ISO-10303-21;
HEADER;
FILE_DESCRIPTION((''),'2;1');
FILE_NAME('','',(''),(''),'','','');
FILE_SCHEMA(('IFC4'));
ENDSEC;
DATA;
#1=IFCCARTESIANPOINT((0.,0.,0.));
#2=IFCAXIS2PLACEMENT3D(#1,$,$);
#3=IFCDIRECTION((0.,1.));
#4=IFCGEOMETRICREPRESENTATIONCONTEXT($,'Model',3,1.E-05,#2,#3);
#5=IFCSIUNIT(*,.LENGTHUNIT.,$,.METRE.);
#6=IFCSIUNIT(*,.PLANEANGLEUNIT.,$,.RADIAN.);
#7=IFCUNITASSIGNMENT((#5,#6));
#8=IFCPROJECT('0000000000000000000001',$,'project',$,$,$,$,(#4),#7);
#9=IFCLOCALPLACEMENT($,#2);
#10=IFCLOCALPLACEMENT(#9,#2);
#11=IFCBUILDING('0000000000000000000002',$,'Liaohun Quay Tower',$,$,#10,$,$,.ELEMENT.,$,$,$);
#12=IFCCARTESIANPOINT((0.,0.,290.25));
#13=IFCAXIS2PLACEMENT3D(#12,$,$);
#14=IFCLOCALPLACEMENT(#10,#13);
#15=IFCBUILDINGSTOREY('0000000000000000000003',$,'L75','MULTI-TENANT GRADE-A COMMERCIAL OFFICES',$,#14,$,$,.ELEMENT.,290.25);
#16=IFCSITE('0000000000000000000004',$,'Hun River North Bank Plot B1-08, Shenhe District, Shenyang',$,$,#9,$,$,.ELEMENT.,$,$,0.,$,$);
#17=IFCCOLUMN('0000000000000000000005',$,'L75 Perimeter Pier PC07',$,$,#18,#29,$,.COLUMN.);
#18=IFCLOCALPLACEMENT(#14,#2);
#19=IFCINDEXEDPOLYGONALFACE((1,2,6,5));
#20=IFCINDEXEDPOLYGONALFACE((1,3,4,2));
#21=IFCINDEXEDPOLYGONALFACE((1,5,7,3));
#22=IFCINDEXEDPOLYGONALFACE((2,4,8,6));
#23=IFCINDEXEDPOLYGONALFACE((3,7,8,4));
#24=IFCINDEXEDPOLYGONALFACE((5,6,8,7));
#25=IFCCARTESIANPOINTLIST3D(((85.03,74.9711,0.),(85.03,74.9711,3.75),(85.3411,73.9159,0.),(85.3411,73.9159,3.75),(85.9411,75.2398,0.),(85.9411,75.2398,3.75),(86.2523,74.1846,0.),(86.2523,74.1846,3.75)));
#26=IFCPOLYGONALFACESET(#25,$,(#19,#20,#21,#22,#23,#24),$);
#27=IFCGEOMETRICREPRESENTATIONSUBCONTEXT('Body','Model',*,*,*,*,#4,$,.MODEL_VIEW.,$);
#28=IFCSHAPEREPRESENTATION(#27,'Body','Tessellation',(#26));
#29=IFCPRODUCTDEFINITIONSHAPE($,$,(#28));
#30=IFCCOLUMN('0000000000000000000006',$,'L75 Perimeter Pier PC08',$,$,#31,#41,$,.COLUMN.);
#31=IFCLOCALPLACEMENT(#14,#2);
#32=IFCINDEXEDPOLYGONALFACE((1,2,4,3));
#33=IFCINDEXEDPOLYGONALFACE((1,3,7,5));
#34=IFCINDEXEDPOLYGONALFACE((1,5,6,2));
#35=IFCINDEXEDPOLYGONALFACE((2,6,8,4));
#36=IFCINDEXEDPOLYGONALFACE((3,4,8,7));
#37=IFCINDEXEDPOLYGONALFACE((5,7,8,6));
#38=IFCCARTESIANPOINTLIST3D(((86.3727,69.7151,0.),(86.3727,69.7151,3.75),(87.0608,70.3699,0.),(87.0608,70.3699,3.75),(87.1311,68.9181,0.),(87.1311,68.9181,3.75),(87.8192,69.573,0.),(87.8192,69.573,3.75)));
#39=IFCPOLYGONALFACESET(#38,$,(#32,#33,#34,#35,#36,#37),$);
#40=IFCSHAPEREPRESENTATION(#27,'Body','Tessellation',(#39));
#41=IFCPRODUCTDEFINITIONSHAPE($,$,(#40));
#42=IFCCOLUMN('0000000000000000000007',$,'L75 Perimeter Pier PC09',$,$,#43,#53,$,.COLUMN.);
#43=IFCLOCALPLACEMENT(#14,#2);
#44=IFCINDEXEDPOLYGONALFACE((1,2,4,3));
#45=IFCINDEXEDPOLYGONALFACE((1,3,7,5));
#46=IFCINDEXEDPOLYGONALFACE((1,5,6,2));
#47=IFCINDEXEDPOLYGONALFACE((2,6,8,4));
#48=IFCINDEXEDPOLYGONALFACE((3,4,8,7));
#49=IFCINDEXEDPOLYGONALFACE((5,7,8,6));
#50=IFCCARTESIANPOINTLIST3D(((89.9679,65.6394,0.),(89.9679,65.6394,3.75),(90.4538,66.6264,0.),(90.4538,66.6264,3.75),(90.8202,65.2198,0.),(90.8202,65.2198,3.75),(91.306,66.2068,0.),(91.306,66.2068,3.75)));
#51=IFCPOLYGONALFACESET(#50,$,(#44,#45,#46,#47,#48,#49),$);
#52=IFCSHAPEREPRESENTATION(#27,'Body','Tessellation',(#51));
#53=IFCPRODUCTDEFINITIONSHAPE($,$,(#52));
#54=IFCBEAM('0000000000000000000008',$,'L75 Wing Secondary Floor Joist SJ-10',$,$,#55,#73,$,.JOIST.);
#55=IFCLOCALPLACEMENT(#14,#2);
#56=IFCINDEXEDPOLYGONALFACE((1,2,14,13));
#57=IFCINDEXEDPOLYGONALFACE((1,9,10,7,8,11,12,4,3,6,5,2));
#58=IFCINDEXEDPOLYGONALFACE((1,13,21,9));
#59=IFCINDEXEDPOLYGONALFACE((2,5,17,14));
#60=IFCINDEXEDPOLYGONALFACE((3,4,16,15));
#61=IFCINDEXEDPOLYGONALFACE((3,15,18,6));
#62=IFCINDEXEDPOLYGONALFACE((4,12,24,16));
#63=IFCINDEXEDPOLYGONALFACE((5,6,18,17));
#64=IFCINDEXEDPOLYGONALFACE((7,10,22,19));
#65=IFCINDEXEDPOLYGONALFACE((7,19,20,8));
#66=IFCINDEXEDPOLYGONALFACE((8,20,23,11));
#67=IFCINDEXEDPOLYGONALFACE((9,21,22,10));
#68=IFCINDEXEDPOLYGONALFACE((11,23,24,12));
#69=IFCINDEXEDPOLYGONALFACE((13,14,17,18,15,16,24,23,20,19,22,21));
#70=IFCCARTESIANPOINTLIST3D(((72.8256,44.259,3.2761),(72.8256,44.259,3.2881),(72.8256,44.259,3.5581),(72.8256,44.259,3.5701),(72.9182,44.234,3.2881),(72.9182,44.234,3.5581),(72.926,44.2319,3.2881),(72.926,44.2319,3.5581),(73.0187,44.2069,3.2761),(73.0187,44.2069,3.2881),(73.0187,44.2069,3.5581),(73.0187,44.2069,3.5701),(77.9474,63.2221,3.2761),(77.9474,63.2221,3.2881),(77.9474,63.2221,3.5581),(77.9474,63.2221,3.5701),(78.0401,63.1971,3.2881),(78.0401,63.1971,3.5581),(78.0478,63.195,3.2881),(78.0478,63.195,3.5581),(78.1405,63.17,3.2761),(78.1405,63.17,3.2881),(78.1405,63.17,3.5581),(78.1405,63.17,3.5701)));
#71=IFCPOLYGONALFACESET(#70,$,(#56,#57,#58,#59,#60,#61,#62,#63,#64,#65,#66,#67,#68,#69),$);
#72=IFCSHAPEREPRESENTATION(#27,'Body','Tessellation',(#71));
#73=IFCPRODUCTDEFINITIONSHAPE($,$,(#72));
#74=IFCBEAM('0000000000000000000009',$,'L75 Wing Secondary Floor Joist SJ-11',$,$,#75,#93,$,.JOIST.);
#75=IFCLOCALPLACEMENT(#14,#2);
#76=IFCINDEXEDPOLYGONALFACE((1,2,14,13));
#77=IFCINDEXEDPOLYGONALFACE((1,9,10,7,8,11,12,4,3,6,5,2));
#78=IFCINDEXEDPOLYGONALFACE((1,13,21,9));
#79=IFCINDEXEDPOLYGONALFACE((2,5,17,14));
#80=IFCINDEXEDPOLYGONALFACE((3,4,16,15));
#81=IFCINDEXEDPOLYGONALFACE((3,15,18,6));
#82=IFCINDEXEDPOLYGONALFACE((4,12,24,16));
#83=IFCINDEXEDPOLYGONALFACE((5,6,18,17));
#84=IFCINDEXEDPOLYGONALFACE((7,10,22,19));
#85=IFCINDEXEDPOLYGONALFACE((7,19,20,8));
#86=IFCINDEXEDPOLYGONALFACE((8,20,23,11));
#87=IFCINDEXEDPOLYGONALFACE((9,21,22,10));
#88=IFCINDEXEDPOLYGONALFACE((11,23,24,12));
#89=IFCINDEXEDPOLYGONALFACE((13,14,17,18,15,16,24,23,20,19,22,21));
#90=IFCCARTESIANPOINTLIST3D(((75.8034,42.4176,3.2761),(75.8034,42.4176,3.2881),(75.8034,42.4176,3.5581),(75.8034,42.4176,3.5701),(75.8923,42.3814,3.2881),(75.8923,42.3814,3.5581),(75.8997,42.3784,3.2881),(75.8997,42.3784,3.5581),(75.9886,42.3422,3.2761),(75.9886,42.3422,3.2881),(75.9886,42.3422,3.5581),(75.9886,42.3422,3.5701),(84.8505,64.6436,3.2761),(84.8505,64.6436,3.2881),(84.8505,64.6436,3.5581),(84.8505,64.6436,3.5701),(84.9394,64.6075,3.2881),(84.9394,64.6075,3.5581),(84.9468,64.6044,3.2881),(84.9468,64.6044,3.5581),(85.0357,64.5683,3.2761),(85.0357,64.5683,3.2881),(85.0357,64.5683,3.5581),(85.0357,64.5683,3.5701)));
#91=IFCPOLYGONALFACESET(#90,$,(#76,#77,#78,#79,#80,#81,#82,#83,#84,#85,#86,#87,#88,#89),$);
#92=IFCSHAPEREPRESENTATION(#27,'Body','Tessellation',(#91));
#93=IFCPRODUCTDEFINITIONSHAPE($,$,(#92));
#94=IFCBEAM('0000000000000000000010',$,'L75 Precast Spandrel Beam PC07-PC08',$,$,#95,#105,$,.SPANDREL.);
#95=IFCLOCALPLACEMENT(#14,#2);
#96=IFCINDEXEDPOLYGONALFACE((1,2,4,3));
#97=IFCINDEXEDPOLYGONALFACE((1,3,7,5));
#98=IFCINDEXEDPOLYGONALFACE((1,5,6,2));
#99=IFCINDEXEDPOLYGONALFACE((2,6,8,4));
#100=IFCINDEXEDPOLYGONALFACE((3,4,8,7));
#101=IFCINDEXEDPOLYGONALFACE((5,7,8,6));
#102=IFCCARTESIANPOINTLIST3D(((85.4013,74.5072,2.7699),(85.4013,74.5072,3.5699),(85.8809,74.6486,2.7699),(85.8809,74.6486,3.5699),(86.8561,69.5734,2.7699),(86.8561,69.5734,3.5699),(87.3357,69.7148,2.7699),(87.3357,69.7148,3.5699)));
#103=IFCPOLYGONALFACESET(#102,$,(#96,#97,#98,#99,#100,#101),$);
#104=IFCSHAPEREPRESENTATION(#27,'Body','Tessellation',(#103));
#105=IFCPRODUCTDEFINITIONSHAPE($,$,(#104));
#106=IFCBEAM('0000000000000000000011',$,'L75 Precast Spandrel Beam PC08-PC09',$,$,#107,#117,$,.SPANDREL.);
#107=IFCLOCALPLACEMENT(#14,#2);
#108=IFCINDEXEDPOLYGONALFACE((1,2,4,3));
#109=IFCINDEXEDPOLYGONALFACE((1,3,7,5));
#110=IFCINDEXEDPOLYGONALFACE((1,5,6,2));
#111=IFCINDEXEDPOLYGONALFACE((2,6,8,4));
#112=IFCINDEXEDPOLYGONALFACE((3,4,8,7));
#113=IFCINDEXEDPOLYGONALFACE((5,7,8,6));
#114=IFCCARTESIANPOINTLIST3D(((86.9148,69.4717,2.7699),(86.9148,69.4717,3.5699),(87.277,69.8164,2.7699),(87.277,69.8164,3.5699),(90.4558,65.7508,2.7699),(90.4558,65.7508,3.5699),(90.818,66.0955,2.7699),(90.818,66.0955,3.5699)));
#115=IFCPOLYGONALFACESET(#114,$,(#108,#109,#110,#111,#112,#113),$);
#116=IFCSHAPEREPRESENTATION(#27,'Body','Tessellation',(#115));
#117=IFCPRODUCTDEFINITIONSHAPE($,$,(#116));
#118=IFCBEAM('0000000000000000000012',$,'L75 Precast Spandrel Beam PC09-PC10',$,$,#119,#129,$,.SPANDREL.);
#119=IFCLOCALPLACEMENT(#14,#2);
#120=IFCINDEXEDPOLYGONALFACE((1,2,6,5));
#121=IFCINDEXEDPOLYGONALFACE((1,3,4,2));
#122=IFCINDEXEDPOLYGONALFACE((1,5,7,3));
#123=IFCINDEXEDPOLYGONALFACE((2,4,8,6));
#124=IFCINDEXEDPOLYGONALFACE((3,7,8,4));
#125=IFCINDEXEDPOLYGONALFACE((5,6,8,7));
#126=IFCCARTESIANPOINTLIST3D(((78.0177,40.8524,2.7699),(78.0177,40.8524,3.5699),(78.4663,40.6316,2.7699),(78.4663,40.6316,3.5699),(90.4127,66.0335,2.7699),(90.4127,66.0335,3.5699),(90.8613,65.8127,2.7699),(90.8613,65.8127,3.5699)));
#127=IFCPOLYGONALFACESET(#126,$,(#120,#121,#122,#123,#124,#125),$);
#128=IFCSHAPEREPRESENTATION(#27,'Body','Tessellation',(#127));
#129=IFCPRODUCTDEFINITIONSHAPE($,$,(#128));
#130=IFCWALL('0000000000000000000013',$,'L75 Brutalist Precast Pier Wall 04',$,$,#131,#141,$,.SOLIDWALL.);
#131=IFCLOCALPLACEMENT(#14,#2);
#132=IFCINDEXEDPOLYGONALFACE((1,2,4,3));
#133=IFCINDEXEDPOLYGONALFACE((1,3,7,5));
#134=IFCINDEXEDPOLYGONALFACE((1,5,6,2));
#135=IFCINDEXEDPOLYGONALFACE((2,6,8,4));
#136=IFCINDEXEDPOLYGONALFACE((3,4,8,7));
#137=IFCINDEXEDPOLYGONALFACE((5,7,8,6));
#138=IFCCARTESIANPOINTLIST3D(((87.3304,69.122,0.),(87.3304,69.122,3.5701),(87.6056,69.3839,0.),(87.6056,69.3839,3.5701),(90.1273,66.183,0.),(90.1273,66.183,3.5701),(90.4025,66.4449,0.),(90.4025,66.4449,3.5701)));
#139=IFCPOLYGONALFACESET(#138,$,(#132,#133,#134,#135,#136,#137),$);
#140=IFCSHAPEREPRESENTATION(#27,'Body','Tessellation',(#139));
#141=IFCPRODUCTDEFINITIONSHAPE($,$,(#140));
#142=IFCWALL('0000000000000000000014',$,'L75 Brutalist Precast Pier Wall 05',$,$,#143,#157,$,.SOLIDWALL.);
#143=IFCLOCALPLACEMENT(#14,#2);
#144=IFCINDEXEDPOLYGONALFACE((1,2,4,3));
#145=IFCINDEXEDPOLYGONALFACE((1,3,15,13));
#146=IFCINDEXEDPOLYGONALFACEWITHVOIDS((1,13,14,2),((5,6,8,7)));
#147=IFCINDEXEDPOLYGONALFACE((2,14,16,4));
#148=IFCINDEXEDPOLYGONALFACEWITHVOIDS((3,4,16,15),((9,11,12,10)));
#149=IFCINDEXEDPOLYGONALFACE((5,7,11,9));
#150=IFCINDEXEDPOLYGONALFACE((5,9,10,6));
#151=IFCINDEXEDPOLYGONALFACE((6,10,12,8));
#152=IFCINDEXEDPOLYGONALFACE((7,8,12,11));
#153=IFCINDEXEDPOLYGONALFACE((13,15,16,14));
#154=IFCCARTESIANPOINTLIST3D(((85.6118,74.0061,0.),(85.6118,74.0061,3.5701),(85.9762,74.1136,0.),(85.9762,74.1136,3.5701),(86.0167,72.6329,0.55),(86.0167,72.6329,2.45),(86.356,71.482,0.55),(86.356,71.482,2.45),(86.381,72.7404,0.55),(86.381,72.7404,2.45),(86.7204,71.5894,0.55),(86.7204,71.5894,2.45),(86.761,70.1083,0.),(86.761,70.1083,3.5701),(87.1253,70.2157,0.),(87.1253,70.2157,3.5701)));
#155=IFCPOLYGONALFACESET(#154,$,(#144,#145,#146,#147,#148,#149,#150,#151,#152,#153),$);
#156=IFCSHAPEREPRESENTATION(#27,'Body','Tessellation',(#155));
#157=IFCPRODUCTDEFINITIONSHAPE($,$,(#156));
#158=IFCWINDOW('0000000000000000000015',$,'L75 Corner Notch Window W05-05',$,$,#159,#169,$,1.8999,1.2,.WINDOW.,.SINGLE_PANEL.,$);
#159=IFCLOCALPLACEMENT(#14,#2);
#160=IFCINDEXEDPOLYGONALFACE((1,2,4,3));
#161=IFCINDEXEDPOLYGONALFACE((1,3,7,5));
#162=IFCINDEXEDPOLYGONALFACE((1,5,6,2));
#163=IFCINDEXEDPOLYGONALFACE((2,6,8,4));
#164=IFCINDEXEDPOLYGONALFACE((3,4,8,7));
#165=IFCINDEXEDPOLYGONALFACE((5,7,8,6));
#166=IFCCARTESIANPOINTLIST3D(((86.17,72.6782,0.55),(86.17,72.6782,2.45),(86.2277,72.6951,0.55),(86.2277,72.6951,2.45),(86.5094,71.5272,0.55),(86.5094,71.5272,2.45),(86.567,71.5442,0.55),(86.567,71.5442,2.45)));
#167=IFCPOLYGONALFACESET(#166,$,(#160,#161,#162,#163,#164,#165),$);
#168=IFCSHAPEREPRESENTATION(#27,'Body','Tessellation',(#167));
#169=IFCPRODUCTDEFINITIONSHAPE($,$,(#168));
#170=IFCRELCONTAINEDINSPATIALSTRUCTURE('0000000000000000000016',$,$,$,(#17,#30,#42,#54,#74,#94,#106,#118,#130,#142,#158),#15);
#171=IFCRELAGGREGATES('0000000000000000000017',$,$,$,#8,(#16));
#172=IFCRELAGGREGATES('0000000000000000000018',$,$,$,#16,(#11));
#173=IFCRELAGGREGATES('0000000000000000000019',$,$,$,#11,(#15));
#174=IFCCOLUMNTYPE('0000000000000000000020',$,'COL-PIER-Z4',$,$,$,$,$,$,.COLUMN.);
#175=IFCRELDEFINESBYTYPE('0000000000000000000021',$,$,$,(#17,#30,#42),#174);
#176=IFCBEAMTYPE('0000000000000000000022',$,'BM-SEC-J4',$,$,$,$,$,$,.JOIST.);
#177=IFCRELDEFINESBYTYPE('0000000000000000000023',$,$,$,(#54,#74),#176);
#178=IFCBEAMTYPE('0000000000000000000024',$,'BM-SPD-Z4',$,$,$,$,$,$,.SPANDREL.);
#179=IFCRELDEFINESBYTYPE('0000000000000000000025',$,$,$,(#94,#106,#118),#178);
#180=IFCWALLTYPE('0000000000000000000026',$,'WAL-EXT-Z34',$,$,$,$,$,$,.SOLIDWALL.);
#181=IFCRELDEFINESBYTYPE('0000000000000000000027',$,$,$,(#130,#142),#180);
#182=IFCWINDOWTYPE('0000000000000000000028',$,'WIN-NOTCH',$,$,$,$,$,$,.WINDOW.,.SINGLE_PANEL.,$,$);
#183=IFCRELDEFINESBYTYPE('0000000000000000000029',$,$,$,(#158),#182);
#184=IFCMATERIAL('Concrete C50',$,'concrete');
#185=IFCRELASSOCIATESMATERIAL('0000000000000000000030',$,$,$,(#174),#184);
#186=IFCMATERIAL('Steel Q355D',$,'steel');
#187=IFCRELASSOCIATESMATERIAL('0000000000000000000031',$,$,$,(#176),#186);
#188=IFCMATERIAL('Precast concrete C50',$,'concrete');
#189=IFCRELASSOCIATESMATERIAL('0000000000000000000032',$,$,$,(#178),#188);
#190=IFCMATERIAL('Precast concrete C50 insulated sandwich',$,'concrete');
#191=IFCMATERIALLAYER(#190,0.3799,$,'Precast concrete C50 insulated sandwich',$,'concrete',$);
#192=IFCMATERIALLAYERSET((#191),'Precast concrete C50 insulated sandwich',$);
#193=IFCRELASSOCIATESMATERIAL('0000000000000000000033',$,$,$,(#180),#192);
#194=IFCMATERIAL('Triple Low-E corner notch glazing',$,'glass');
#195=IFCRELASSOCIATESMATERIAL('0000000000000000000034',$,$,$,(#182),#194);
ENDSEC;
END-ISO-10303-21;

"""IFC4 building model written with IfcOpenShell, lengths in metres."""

from ifc_helpers import new_model, si_unit, direction, frame, frame_2d, origin, origin_2d, place, context, subcontext, project, spatial, rectangle, i_section, extrude, source, transform, mapped, material, layer, layer_set, material_profile, profile_set, type_object, element, fill, save


model = new_model("IFC4")

# Units and contexts
model_context = context("Model", 3, precision=1e-05, world=origin(), true_north=direction((0.0, 1.0)))
body_context = subcontext(model_context, "Body", "Model", "MODEL_VIEW")
ifc_project = project(units=[si_unit("LENGTHUNIT", "METRE"), si_unit("PLANEANGLEUNIT", "RADIAN")], contexts=[model_context])

# Site, building, storey
site_placement = place(None, origin())
site = spatial("IfcSite", under=ifc_project, at=site_placement, Name="Hun River North Bank Plot B1-08, Shenhe District, Shenyang", CompositionType="ELEMENT", RefElevation=0.0)
building_placement = place(site_placement, origin())
building = spatial("IfcBuilding", under=site, at=building_placement, Name="Liaohun Quay Tower", CompositionType="ELEMENT")
storey_placement = place(building_placement, frame((0.0, 0.0, 290.25)))
storey = spatial("IfcBuildingStorey", under=building, at=storey_placement, Name="L75", Description="MULTI-TENANT GRADE-A COMMERCIAL OFFICES", CompositionType="ELEMENT", Elevation=290.25)

# Columns
ifc_material_1 = material(Name="Concrete C50", Category="concrete")
ifc_material_profile_1 = material_profile(ifc_material_1, rectangle(XDim=1.1001, YDim=0.95, at=origin_2d()), Name="RC1100x950")
ifc_profile_set_1 = profile_set([ifc_material_profile_1], Name="Concrete C50")
column_type = type_object("IfcColumnType", Name="COL-PIER-Z4", PredefinedType="COLUMN", material=ifc_profile_set_1)
shared_shape_1 = source(origin(), body_context, "Body", "SweptSolid", [
    extrude(rectangle(XDim=1.1001, YDim=0.95, at=origin_2d()), origin(), (0.0, 0.0, 1.0), 3.75),
])
for number, where, z_axis, x_axis, name in (
    (1, (85.6411, 74.5779, 0.0), (0.0, 0.0, 1.0), (-0.282844, 0.959166, 0.0), "L75 Perimeter Pier PC07"),
    (2, (87.0959, 69.644, 0.0), (0.0, 0.0, 1.0), (-0.689367, 0.724413, 0.0), "L75 Perimeter Pier PC08"),
    (3, (90.637, 65.9231, 0.0), (0.0, 0.0, 1.0), (0.441662, 0.897181, 0.0), "L75 Perimeter Pier PC09"),
):
    element("IfcColumn", number, at=place(storey_placement, frame(where, z_axis=z_axis, x_axis=x_axis)), inside=storey, type_object=column_type, Name=name, PredefinedType="COLUMN", context=body_context, shape_type="MappedRepresentation", body=[
        mapped(shared_shape_1, transform((0.0, 0.0, 0.0), x_axis=(1.0, 0.0, 0.0), y_axis=(0.0, 1.0, 0.0), z_axis=(0.0, 0.0, 1.0), scale=1.0)),
    ])

# Beams
ifc_material_2 = material(Name="Steel Q355D", Category="steel")
ifc_material_profile_2 = material_profile(ifc_material_2, i_section(OverallWidth=0.2, OverallDepth=0.2939, WebThickness=0.0081, FlangeThickness=0.012, at=origin_2d()), Name="HM294x200x8x12")
ifc_profile_set_2 = profile_set([ifc_material_profile_2], Name="Steel Q355D")
beam_type_1 = type_object("IfcBeamType", Name="BM-SEC-J4", PredefinedType="JOIST", material=ifc_profile_set_2)
shared_shape_2 = source(origin(), body_context, "Body", "SweptSolid", [
    extrude(i_section(OverallWidth=0.2, OverallDepth=0.2939, WebThickness=0.0081, FlangeThickness=0.012, at=origin_2d()), origin(), (0.0, 0.0, 1.0), 19.6426),
])
beam_1_placement = place(storey_placement, frame((78.0439, 63.196, 3.4231), z_axis=(-0.26075, -0.965406, 0.0), x_axis=(0.965406, -0.26075, 0.0)))
element("IfcBeam", 4, at=beam_1_placement, inside=storey, type_object=beam_type_1, Name="L75 Wing Secondary Floor Joist SJ-10", PredefinedType="JOIST", context=body_context, shape_type="MappedRepresentation", body=[
    mapped(shared_shape_2, transform((0.0, 0.0, 0.0), x_axis=(1.0, 0.0, 0.0), y_axis=(0.0, 1.0, 0.0), z_axis=(0.0, 0.0, 1.0), scale=1.0)),
])
shared_shape_3 = source(origin(), body_context, "Body", "SweptSolid", [
    extrude(i_section(OverallWidth=0.2, OverallDepth=0.2939, WebThickness=0.0081, FlangeThickness=0.012, at=origin_2d()), origin(), (0.0, 0.0, 1.0), 23.9968),
])
beam_2_placement = place(storey_placement, frame((84.9431, 64.606, 3.4231), z_axis=(-0.377013, -0.926208, 0.0), x_axis=(0.926208, -0.377013, 0.0)))
element("IfcBeam", 5, at=beam_2_placement, inside=storey, type_object=beam_type_1, Name="L75 Wing Secondary Floor Joist SJ-11", PredefinedType="JOIST", context=body_context, shape_type="MappedRepresentation", body=[
    mapped(shared_shape_3, transform((0.0, 0.0, 0.0), x_axis=(1.0, 0.0, 0.0), y_axis=(0.0, 1.0, 0.0), z_axis=(0.0, 0.0, 1.0), scale=1.0)),
])
ifc_material_3 = material(Name="Precast concrete C50", Category="concrete")
ifc_material_profile_3 = material_profile(ifc_material_3, rectangle(XDim=0.5, YDim=0.8, at=origin_2d()), Name="RC500x800")
ifc_profile_set_3 = profile_set([ifc_material_profile_3], Name="Precast concrete C50")
beam_type_2 = type_object("IfcBeamType", Name="BM-SPD-Z4", PredefinedType="SPANDREL", material=ifc_profile_set_3)
shared_shape_4 = source(origin(), body_context, "Body", "SweptSolid", [
    extrude(rectangle(XDim=0.5, YDim=0.8, at=origin_2d()), origin(), (0.0, 0.0, 1.0), 5.1438),
])
beam_3_placement = place(storey_placement, frame((85.6411, 74.5779, 3.1699), z_axis=(0.282829, -0.95917, 0.0), x_axis=(0.95917, 0.282829, 0.0)))
element("IfcBeam", 6, at=beam_3_placement, inside=storey, type_object=beam_type_2, Name="L75 Precast Spandrel Beam PC07-PC08", PredefinedType="SPANDREL", context=body_context, shape_type="MappedRepresentation", body=[
    mapped(shared_shape_4, transform((0.0, 0.0, 0.0), x_axis=(1.0, 0.0, 0.0), y_axis=(0.0, 1.0, 0.0), z_axis=(0.0, 0.0, 1.0), scale=1.0)),
])
shared_shape_5 = source(origin(), body_context, "Body", "SweptSolid", [
    extrude(rectangle(XDim=0.5, YDim=0.8, at=origin_2d()), origin(), (0.0, 0.0, 1.0), 5.1365),
])
beam_4_placement = place(storey_placement, frame((87.0959, 69.644, 3.1699), z_axis=(0.689375, -0.724405, 0.0), x_axis=(0.724405, 0.689375, 0.0)))
element("IfcBeam", 7, at=beam_4_placement, inside=storey, type_object=beam_type_2, Name="L75 Precast Spandrel Beam PC08-PC09", PredefinedType="SPANDREL", context=body_context, shape_type="MappedRepresentation", body=[
    mapped(shared_shape_5, transform((0.0, 0.0, 0.0), x_axis=(1.0, 0.0, 0.0), y_axis=(0.0, 1.0, 0.0), z_axis=(0.0, 0.0, 1.0), scale=1.0)),
])
shared_shape_6 = source(origin(), body_context, "Body", "SweptSolid", [
    extrude(rectangle(XDim=0.5, YDim=0.8, at=origin_2d()), origin(), (0.0, 0.0, 1.0), 28.0664),
])
beam_5_placement = place(storey_placement, frame((90.637, 65.9231, 3.1699), z_axis=(-0.441631, -0.897197, 0.0), x_axis=(0.897197, -0.441631, 0.0)))
element("IfcBeam", 8, at=beam_5_placement, inside=storey, type_object=beam_type_2, Name="L75 Precast Spandrel Beam PC09-PC10", PredefinedType="SPANDREL", context=body_context, shape_type="MappedRepresentation", body=[
    mapped(shared_shape_6, transform((0.0, 0.0, 0.0), x_axis=(1.0, 0.0, 0.0), y_axis=(0.0, 1.0, 0.0), z_axis=(0.0, 0.0, 1.0), scale=1.0)),
])

# Wall
ifc_material_4 = material(Name="Precast concrete C50 insulated sandwich", Category="concrete")
ifc_layer_1 = layer(ifc_material_4, 0.3799, Name="Precast concrete C50 insulated sandwich", Category="concrete")
ifc_layer_set_1 = layer_set([ifc_layer_1], Name="Precast concrete C50 insulated sandwich")
wall_type_1 = type_object("IfcWallType", Name="WAL-EXT-Z34", PredefinedType="SOLIDWALL", material=ifc_layer_set_1)
wall_1_placement = place(storey_placement, frame((90.2649, 66.314, 0.0), z_axis=(0.0, 0.0, 1.0), x_axis=(-0.689379, 0.724401, 0.0)))
element("IfcWall", 9, at=wall_1_placement, inside=storey, type_object=wall_type_1, Name="L75 Brutalist Precast Pier Wall 04", PredefinedType="SOLIDWALL", context=body_context, shape_type="SweptSolid", body=[
    extrude(rectangle(XDim=4.0571, YDim=0.3799, at=frame_2d((2.0286, 0.0))), origin(), (0.0, 0.0, 1.0), 3.5701),
])

# Wall, opening, window
wall_2_placement = place(storey_placement, frame((86.9431, 70.1621, 0.0), z_axis=(0.0, 0.0, 1.0), x_axis=(-0.282781, 0.959185, 0.0)))
wall_2 = element("IfcWall", 10, at=wall_2_placement, inside=storey, type_object=wall_type_1, Name="L75 Brutalist Precast Pier Wall 05", PredefinedType="SOLIDWALL", context=body_context, shape_type="SweptSolid", body=[
    extrude(rectangle(XDim=4.0637, YDim=0.3799, at=frame_2d((2.0317, 0.0))), origin(), (0.0, 0.0, 1.0), 3.5701),
])
shared_shape_7 = source(origin(), body_context, "Body", "SweptSolid", [
    extrude(rectangle(XDim=1.2, YDim=1.8999, at=frame_2d((0.6001, 0.95))), frame((0.0, 0.2, 0.0), z_axis=(0.0, -1.0, 0.0), x_axis=(1.0, 0.0, 0.0)), (0.0, 0.0, 1.0), 0.3999),
])
opening_1_placement = place(wall_2_placement, frame((1.4319, 0.0, 0.55)))
opening_1 = element("IfcOpeningElement", 11, at=opening_1_placement, cuts=wall_2, PredefinedType="OPENING", context=body_context, shape_type="MappedRepresentation", body=[
    mapped(shared_shape_7, transform((0.0, 0.0, 0.0), x_axis=(1.0, 0.0, 0.0), y_axis=(0.0, 1.0, 0.0), z_axis=(0.0, 0.0, 1.0), scale=1.0)),
])
ifc_material_5 = material(Name="Triple Low-E corner notch glazing", Category="glass")
window_type_1 = type_object("IfcWindowType", Name="WIN-NOTCH", PartitioningType="SINGLE_PANEL", PredefinedType="WINDOW", material=ifc_material_5)
shared_shape_8 = source(origin(), body_context, "Body", "SweptSolid", [
    extrude(rectangle(XDim=1.2, YDim=1.8999, at=frame_2d((0.6001, 0.95))), frame((0.0, 0.03, 0.0), z_axis=(0.0, -1.0, 0.0), x_axis=(1.0, 0.0, 0.0)), (0.0, 0.0, 1.0), 0.0601),
])
window_1_placement = place(opening_1_placement, origin())
window_1 = element("IfcWindow", 12, at=window_1_placement, inside=storey, type_object=window_type_1, Name="L75 Corner Notch Window W05-05", OverallHeight=1.8999, OverallWidth=1.2, PartitioningType="SINGLE_PANEL", PredefinedType="WINDOW", context=body_context, shape_type="MappedRepresentation", body=[
    mapped(shared_shape_8, transform((0.0, 0.0, 0.0), x_axis=(1.0, 0.0, 0.0), y_axis=(0.0, 1.0, 0.0), z_axis=(0.0, 0.0, 1.0), scale=1.0)),
])
fill(opening_1, window_1)

save(model, "model.ifc")
